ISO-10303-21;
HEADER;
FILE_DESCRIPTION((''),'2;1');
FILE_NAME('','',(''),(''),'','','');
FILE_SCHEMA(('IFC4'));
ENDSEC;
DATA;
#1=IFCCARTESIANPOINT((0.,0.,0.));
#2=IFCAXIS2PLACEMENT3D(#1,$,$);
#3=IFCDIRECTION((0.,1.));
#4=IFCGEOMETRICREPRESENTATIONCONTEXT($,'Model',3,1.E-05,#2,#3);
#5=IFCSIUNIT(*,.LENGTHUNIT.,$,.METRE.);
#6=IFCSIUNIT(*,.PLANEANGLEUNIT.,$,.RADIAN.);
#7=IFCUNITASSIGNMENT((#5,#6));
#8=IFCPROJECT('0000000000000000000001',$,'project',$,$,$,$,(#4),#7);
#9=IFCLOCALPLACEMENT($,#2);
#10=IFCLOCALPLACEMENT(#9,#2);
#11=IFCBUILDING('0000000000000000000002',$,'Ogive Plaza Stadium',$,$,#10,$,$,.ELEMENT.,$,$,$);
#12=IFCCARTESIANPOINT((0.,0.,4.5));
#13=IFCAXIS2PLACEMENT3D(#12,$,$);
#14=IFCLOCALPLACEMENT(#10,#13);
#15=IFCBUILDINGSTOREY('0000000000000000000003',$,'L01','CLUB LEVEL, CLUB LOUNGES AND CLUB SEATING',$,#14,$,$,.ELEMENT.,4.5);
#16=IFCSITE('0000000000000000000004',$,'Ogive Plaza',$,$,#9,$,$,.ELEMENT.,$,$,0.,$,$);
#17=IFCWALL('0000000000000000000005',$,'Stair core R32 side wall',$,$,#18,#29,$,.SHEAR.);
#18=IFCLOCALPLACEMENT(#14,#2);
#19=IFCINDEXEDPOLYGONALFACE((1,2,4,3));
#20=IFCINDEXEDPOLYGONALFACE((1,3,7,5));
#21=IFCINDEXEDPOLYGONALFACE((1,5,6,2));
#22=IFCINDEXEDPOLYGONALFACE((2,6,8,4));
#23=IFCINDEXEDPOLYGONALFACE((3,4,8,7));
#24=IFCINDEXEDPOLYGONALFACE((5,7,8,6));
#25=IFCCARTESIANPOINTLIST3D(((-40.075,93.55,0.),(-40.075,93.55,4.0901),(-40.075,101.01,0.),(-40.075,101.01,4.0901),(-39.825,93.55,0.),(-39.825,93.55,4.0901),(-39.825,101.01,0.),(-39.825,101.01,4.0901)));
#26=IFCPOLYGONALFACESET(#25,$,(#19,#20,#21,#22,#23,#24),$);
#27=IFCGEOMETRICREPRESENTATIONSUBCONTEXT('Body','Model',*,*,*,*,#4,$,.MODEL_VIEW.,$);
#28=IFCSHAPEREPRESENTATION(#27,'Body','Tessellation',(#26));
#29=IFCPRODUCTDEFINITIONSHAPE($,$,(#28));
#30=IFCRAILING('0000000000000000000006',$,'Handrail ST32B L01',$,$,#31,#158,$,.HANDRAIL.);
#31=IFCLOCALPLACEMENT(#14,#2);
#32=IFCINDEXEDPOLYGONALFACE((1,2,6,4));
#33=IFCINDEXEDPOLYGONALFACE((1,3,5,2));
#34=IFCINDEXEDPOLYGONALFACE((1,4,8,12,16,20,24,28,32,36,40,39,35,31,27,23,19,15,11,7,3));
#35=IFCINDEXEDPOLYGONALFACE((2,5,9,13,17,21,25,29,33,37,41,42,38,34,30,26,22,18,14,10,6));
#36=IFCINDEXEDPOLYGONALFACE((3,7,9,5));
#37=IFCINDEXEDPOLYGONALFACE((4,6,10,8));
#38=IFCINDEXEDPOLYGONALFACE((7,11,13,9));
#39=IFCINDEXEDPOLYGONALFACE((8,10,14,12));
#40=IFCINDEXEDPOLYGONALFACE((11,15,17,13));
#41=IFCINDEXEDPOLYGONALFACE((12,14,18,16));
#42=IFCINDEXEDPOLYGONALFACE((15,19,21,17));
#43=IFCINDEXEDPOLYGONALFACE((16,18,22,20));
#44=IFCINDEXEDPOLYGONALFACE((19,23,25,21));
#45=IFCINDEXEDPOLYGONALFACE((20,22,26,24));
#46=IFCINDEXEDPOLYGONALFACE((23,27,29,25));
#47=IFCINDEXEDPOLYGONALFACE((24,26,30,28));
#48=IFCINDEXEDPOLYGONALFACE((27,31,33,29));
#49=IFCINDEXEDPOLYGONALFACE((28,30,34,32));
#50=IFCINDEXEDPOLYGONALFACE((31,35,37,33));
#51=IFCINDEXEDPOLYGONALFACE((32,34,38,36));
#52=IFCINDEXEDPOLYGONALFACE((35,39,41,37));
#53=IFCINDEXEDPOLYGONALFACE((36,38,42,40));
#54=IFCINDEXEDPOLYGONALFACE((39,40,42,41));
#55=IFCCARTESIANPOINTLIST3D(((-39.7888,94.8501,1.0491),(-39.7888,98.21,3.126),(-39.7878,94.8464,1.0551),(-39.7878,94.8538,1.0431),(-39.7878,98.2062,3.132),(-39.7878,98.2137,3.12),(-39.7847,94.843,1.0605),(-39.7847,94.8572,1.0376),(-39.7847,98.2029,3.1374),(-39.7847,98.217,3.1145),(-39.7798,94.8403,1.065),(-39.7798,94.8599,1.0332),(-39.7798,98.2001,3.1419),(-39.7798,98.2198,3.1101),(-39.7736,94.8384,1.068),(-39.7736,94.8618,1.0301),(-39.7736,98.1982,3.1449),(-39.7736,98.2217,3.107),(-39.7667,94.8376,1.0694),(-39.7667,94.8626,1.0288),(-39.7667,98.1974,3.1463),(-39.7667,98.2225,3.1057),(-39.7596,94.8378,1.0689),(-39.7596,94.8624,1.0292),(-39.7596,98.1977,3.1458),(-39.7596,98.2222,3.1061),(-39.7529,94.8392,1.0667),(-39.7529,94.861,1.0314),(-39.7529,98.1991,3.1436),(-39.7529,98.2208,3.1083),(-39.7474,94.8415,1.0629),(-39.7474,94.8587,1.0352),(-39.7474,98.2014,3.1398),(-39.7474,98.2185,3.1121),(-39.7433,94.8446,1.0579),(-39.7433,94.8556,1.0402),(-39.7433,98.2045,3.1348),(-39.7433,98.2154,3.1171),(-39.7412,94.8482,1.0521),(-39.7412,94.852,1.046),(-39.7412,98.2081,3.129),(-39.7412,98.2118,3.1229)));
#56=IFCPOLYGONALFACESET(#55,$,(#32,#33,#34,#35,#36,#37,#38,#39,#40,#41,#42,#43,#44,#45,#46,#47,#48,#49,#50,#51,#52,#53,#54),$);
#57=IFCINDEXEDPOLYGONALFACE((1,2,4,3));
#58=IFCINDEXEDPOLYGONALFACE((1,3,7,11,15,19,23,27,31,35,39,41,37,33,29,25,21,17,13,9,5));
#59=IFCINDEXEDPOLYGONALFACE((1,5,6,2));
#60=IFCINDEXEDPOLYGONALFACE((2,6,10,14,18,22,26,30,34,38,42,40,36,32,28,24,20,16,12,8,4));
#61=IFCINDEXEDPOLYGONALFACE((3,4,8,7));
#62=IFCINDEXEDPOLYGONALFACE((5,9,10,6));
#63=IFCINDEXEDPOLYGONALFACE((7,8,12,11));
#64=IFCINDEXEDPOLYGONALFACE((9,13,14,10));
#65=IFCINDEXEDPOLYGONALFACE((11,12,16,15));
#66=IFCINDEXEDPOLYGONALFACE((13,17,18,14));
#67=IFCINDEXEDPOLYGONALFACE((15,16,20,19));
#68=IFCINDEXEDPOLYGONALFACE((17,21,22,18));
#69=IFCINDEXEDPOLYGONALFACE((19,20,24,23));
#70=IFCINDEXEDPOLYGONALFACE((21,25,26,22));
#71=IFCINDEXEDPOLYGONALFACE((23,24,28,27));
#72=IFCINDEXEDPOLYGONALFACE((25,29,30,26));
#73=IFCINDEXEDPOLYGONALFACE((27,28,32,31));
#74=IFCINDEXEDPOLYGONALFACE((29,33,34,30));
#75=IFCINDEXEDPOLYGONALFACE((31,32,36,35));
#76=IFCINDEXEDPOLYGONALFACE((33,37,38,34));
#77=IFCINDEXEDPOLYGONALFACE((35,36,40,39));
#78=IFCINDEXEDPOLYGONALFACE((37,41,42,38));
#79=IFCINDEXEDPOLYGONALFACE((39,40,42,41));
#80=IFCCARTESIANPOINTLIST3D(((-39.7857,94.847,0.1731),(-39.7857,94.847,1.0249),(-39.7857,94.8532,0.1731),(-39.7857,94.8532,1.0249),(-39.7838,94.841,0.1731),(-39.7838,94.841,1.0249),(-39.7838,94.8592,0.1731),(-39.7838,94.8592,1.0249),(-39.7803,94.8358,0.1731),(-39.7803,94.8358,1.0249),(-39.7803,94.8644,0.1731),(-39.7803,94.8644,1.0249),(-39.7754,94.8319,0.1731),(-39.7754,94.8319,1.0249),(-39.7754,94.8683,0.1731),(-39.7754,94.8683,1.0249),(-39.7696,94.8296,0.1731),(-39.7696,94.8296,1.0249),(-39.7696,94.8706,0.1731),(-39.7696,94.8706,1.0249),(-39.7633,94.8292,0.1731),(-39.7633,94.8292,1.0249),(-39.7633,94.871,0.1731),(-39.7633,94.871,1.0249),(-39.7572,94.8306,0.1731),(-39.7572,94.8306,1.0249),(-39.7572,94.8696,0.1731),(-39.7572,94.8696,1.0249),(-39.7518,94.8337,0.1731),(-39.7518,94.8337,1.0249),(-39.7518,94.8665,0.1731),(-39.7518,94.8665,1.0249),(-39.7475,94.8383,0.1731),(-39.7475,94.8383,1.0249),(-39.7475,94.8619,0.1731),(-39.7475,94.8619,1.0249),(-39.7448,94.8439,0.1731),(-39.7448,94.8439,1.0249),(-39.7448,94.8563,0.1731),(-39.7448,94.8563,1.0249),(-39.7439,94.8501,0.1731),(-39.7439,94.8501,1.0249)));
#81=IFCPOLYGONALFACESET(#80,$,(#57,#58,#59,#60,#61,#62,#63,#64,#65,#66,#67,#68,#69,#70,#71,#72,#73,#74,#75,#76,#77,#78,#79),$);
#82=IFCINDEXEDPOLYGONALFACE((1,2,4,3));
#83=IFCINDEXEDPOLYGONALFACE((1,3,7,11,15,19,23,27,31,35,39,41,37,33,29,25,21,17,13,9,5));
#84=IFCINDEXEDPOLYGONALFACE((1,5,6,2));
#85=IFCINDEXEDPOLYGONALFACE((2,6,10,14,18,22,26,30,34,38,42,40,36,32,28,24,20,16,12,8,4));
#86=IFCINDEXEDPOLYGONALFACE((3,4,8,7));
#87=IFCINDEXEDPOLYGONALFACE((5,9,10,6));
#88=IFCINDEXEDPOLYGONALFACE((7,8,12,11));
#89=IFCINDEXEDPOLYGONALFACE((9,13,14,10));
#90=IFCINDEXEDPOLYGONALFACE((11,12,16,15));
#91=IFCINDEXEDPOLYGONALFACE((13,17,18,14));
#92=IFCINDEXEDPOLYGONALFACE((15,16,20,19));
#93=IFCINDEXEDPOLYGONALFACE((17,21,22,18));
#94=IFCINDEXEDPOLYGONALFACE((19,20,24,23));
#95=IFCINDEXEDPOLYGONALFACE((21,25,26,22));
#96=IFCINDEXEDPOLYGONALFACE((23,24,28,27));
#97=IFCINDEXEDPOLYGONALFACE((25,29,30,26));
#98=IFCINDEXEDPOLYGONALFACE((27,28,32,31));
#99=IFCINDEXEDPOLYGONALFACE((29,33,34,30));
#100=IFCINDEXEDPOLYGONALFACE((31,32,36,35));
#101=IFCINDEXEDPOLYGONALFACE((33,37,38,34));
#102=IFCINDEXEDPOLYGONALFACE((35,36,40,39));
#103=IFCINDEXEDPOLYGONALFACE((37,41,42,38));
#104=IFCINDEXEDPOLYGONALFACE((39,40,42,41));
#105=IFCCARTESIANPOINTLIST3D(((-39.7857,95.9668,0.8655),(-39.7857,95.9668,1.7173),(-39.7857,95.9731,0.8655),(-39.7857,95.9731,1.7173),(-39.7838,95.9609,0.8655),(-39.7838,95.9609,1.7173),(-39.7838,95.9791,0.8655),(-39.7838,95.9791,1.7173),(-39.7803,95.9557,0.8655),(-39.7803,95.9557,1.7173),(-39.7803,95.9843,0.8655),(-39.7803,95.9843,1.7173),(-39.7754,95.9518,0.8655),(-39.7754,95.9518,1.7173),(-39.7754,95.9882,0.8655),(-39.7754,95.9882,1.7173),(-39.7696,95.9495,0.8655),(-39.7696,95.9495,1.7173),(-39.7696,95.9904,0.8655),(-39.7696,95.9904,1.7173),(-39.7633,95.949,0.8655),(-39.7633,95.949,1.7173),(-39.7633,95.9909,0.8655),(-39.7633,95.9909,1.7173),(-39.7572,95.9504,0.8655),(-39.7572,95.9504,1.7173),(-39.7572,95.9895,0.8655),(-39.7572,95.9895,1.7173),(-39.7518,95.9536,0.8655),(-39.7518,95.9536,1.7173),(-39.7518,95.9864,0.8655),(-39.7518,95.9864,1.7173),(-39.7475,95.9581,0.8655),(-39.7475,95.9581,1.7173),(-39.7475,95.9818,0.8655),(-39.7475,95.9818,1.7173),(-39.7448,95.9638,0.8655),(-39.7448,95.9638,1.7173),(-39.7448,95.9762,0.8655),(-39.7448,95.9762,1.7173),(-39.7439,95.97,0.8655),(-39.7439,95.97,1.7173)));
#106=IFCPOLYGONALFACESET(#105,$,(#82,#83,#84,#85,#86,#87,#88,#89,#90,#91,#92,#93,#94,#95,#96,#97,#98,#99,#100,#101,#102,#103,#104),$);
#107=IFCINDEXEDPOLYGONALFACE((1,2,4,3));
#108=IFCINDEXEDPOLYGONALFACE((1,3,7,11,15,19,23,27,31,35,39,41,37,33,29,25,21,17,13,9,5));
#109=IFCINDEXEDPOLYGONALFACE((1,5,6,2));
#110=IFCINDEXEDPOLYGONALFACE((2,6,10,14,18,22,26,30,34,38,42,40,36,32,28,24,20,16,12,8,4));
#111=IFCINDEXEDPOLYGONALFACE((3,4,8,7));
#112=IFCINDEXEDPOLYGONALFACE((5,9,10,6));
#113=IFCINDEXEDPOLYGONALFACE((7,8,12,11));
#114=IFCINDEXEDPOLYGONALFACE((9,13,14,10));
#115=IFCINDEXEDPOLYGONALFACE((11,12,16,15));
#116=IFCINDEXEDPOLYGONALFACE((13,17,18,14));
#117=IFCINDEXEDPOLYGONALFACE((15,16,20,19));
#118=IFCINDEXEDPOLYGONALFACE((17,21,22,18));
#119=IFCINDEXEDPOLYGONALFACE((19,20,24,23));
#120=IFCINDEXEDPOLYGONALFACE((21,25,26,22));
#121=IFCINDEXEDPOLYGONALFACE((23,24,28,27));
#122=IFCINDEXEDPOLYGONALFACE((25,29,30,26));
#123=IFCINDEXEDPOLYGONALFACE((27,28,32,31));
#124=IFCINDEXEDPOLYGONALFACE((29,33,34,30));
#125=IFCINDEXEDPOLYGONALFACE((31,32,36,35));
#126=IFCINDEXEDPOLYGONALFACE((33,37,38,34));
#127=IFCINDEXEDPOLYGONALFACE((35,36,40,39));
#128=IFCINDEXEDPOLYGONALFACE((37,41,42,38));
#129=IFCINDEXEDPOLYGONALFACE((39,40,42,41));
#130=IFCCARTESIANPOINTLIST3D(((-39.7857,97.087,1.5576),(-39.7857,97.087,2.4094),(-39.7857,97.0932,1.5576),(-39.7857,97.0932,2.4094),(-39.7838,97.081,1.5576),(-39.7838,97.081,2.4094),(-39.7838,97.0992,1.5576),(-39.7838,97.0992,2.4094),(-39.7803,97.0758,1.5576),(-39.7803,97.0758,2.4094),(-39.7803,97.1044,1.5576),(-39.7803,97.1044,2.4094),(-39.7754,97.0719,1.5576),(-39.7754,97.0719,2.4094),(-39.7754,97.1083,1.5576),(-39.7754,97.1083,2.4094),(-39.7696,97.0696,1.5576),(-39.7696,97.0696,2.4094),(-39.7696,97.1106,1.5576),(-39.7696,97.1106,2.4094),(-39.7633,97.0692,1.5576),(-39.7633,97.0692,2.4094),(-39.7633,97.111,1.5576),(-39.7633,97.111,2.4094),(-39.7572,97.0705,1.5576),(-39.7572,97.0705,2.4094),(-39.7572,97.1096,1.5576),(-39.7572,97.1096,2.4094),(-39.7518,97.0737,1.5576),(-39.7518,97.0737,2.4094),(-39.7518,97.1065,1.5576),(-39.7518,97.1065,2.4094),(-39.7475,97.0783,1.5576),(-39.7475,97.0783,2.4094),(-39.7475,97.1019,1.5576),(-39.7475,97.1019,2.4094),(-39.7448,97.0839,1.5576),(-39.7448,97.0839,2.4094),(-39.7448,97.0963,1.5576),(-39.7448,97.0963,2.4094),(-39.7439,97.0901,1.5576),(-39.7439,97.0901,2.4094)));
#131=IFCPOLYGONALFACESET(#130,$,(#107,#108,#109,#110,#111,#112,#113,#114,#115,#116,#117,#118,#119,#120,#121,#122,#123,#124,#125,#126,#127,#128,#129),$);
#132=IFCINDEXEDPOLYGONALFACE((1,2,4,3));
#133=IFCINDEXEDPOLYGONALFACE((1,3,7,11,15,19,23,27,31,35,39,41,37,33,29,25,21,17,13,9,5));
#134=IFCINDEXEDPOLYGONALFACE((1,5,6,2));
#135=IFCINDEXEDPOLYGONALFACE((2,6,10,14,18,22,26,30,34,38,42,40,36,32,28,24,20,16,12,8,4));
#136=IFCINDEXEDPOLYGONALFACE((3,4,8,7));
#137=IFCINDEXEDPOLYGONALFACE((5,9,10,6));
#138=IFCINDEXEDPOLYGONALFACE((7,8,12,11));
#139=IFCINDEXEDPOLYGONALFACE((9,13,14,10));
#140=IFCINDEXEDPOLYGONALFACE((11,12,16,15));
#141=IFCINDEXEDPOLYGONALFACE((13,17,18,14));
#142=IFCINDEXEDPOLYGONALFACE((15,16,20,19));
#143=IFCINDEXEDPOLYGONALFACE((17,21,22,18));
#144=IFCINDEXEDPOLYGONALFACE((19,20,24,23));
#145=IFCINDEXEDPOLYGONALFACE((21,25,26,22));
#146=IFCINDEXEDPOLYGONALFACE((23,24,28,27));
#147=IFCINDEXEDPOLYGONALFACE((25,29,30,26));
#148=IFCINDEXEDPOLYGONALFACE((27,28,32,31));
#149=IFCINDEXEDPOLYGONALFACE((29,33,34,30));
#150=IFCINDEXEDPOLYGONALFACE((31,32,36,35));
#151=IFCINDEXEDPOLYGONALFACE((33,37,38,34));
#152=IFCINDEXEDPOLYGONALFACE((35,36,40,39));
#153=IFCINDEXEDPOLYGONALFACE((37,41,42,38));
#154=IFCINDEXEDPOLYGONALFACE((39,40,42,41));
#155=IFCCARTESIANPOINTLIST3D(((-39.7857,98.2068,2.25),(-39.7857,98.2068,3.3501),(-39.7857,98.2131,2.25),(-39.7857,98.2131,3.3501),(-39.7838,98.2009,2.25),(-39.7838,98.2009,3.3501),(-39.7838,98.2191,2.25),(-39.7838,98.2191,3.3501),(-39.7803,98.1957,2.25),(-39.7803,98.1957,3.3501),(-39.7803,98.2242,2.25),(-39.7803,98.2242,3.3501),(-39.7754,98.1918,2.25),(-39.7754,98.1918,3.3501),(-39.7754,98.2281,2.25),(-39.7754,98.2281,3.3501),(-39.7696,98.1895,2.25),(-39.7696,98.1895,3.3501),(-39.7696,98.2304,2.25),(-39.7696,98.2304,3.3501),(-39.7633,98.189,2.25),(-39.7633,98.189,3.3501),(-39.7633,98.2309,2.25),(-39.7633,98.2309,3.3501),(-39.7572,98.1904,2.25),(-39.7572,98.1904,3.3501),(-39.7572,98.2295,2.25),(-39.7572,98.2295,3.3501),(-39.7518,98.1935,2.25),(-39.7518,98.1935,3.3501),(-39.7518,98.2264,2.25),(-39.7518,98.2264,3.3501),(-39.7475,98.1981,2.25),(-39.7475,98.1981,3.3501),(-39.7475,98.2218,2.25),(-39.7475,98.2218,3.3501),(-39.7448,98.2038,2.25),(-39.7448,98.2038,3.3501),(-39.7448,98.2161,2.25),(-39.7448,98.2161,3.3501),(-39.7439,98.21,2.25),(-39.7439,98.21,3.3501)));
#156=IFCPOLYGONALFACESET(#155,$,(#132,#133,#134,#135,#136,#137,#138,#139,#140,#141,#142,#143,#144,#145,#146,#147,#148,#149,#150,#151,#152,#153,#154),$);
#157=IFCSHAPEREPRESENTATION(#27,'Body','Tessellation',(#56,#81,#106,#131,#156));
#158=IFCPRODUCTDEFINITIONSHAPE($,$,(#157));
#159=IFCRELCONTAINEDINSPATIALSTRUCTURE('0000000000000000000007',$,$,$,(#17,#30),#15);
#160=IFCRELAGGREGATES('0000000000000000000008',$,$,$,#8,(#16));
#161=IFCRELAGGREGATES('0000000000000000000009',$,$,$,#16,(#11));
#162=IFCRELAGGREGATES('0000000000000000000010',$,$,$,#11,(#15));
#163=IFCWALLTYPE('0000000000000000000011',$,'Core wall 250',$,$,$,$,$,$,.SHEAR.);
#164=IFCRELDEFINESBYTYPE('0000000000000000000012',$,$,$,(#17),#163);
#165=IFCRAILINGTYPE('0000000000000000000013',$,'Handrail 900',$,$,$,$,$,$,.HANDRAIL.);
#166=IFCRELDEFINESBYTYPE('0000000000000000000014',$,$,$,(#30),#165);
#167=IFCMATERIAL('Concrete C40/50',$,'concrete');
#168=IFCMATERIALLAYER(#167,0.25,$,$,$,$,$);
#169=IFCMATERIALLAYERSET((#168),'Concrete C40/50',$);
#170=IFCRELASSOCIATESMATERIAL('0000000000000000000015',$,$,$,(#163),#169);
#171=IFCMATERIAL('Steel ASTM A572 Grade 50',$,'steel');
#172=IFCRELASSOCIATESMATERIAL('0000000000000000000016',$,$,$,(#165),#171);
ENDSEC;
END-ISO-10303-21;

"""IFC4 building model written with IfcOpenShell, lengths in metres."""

from ifc_helpers import new_model, si_unit, direction, frame, frame_2d, origin, origin_2d, place, context, subcontext, project, spatial, rectangle, circle, extrude, material, layer, layer_set, type_object, element, save


model = new_model("IFC4")

# Units and contexts
model_context = context("Model", 3, precision=1e-05, world=origin(), true_north=direction((0.0, 1.0)))
body_context = subcontext(model_context, "Body", "Model", "MODEL_VIEW")
ifc_project = project(units=[si_unit("LENGTHUNIT", "METRE"), si_unit("PLANEANGLEUNIT", "RADIAN")], contexts=[model_context])

# Site, building, storey
site_placement = place(None, origin())
site = spatial("IfcSite", under=ifc_project, at=site_placement, Name="Ogive Plaza", CompositionType="ELEMENT", RefElevation=0.0)
building_placement = place(site_placement, origin())
building = spatial("IfcBuilding", under=site, at=building_placement, Name="Ogive Plaza Stadium", CompositionType="ELEMENT")
storey_placement = place(building_placement, frame((0.0, 0.0, 4.5)))
storey = spatial("IfcBuildingStorey", under=building, at=storey_placement, Name="L01", Description="CLUB LEVEL, CLUB LOUNGES AND CLUB SEATING", CompositionType="ELEMENT", Elevation=4.5)

# Wall
ifc_material_1 = material(Name="Concrete C40/50", Category="concrete")
ifc_layer_1 = layer(ifc_material_1, 0.25)
ifc_layer_set_1 = layer_set([ifc_layer_1], Name="Concrete C40/50")
wall_type = type_object("IfcWallType", Name="Core wall 250", PredefinedType="SHEAR", material=ifc_layer_set_1)
wall_placement = place(storey_placement, frame((-39.95, 93.55, 0.0), z_axis=(0.0, 0.0, 1.0), x_axis=(0.0, 1.0, 0.0)))
element("IfcWall", 1, at=wall_placement, inside=storey, type_object=wall_type, Name="Stair core R32 side wall", PredefinedType="SHEAR", context=body_context, shape_type="SweptSolid", body=[
    extrude(rectangle(XDim=7.46, YDim=0.25, at=frame_2d((3.73, 0.0))), origin(), (0.0, 0.0, 1.0), 4.0901),
])

# Railing
ifc_material_2 = material(Name="Steel ASTM A572 Grade 50", Category="steel")
railing_type = type_object("IfcRailingType", Name="Handrail 900", PredefinedType="HANDRAIL", material=ifc_material_2)
railing_placement = place(storey_placement, frame((-39.7649, 94.8501, 0.1731)))
element("IfcRailing", 2, at=railing_placement, inside=storey, type_object=railing_type, Name="Handrail ST32B L01", PredefinedType="HANDRAIL", context=body_context, shape_type="SweptSolid", body=[
    extrude(circle(Radius=0.0239, at=origin_2d()), frame((0.0, 0.0, 0.876), z_axis=(0.0, 0.850606, 0.525803), x_axis=(-1.0, 0.0, 0.0)), (0.0, 0.0, 1.0), 3.95),
    extrude(circle(Radius=0.021, at=origin_2d()), origin(), (0.0, 0.0, 1.0), 0.8518),
    extrude(circle(Radius=0.021, at=origin_2d()), frame((0.0, 1.1199, 0.6924)), (0.0, 0.0, 1.0), 0.8518),
    extrude(circle(Radius=0.021, at=origin_2d()), frame((0.0, 2.24, 1.3845)), (0.0, 0.0, 1.0), 0.8518),
    extrude(circle(Radius=0.021, at=origin_2d()), frame((0.0, 3.3599, 2.0769)), (0.0, 0.0, 1.0), 1.1001),
])

save(model, "model.ifc")
